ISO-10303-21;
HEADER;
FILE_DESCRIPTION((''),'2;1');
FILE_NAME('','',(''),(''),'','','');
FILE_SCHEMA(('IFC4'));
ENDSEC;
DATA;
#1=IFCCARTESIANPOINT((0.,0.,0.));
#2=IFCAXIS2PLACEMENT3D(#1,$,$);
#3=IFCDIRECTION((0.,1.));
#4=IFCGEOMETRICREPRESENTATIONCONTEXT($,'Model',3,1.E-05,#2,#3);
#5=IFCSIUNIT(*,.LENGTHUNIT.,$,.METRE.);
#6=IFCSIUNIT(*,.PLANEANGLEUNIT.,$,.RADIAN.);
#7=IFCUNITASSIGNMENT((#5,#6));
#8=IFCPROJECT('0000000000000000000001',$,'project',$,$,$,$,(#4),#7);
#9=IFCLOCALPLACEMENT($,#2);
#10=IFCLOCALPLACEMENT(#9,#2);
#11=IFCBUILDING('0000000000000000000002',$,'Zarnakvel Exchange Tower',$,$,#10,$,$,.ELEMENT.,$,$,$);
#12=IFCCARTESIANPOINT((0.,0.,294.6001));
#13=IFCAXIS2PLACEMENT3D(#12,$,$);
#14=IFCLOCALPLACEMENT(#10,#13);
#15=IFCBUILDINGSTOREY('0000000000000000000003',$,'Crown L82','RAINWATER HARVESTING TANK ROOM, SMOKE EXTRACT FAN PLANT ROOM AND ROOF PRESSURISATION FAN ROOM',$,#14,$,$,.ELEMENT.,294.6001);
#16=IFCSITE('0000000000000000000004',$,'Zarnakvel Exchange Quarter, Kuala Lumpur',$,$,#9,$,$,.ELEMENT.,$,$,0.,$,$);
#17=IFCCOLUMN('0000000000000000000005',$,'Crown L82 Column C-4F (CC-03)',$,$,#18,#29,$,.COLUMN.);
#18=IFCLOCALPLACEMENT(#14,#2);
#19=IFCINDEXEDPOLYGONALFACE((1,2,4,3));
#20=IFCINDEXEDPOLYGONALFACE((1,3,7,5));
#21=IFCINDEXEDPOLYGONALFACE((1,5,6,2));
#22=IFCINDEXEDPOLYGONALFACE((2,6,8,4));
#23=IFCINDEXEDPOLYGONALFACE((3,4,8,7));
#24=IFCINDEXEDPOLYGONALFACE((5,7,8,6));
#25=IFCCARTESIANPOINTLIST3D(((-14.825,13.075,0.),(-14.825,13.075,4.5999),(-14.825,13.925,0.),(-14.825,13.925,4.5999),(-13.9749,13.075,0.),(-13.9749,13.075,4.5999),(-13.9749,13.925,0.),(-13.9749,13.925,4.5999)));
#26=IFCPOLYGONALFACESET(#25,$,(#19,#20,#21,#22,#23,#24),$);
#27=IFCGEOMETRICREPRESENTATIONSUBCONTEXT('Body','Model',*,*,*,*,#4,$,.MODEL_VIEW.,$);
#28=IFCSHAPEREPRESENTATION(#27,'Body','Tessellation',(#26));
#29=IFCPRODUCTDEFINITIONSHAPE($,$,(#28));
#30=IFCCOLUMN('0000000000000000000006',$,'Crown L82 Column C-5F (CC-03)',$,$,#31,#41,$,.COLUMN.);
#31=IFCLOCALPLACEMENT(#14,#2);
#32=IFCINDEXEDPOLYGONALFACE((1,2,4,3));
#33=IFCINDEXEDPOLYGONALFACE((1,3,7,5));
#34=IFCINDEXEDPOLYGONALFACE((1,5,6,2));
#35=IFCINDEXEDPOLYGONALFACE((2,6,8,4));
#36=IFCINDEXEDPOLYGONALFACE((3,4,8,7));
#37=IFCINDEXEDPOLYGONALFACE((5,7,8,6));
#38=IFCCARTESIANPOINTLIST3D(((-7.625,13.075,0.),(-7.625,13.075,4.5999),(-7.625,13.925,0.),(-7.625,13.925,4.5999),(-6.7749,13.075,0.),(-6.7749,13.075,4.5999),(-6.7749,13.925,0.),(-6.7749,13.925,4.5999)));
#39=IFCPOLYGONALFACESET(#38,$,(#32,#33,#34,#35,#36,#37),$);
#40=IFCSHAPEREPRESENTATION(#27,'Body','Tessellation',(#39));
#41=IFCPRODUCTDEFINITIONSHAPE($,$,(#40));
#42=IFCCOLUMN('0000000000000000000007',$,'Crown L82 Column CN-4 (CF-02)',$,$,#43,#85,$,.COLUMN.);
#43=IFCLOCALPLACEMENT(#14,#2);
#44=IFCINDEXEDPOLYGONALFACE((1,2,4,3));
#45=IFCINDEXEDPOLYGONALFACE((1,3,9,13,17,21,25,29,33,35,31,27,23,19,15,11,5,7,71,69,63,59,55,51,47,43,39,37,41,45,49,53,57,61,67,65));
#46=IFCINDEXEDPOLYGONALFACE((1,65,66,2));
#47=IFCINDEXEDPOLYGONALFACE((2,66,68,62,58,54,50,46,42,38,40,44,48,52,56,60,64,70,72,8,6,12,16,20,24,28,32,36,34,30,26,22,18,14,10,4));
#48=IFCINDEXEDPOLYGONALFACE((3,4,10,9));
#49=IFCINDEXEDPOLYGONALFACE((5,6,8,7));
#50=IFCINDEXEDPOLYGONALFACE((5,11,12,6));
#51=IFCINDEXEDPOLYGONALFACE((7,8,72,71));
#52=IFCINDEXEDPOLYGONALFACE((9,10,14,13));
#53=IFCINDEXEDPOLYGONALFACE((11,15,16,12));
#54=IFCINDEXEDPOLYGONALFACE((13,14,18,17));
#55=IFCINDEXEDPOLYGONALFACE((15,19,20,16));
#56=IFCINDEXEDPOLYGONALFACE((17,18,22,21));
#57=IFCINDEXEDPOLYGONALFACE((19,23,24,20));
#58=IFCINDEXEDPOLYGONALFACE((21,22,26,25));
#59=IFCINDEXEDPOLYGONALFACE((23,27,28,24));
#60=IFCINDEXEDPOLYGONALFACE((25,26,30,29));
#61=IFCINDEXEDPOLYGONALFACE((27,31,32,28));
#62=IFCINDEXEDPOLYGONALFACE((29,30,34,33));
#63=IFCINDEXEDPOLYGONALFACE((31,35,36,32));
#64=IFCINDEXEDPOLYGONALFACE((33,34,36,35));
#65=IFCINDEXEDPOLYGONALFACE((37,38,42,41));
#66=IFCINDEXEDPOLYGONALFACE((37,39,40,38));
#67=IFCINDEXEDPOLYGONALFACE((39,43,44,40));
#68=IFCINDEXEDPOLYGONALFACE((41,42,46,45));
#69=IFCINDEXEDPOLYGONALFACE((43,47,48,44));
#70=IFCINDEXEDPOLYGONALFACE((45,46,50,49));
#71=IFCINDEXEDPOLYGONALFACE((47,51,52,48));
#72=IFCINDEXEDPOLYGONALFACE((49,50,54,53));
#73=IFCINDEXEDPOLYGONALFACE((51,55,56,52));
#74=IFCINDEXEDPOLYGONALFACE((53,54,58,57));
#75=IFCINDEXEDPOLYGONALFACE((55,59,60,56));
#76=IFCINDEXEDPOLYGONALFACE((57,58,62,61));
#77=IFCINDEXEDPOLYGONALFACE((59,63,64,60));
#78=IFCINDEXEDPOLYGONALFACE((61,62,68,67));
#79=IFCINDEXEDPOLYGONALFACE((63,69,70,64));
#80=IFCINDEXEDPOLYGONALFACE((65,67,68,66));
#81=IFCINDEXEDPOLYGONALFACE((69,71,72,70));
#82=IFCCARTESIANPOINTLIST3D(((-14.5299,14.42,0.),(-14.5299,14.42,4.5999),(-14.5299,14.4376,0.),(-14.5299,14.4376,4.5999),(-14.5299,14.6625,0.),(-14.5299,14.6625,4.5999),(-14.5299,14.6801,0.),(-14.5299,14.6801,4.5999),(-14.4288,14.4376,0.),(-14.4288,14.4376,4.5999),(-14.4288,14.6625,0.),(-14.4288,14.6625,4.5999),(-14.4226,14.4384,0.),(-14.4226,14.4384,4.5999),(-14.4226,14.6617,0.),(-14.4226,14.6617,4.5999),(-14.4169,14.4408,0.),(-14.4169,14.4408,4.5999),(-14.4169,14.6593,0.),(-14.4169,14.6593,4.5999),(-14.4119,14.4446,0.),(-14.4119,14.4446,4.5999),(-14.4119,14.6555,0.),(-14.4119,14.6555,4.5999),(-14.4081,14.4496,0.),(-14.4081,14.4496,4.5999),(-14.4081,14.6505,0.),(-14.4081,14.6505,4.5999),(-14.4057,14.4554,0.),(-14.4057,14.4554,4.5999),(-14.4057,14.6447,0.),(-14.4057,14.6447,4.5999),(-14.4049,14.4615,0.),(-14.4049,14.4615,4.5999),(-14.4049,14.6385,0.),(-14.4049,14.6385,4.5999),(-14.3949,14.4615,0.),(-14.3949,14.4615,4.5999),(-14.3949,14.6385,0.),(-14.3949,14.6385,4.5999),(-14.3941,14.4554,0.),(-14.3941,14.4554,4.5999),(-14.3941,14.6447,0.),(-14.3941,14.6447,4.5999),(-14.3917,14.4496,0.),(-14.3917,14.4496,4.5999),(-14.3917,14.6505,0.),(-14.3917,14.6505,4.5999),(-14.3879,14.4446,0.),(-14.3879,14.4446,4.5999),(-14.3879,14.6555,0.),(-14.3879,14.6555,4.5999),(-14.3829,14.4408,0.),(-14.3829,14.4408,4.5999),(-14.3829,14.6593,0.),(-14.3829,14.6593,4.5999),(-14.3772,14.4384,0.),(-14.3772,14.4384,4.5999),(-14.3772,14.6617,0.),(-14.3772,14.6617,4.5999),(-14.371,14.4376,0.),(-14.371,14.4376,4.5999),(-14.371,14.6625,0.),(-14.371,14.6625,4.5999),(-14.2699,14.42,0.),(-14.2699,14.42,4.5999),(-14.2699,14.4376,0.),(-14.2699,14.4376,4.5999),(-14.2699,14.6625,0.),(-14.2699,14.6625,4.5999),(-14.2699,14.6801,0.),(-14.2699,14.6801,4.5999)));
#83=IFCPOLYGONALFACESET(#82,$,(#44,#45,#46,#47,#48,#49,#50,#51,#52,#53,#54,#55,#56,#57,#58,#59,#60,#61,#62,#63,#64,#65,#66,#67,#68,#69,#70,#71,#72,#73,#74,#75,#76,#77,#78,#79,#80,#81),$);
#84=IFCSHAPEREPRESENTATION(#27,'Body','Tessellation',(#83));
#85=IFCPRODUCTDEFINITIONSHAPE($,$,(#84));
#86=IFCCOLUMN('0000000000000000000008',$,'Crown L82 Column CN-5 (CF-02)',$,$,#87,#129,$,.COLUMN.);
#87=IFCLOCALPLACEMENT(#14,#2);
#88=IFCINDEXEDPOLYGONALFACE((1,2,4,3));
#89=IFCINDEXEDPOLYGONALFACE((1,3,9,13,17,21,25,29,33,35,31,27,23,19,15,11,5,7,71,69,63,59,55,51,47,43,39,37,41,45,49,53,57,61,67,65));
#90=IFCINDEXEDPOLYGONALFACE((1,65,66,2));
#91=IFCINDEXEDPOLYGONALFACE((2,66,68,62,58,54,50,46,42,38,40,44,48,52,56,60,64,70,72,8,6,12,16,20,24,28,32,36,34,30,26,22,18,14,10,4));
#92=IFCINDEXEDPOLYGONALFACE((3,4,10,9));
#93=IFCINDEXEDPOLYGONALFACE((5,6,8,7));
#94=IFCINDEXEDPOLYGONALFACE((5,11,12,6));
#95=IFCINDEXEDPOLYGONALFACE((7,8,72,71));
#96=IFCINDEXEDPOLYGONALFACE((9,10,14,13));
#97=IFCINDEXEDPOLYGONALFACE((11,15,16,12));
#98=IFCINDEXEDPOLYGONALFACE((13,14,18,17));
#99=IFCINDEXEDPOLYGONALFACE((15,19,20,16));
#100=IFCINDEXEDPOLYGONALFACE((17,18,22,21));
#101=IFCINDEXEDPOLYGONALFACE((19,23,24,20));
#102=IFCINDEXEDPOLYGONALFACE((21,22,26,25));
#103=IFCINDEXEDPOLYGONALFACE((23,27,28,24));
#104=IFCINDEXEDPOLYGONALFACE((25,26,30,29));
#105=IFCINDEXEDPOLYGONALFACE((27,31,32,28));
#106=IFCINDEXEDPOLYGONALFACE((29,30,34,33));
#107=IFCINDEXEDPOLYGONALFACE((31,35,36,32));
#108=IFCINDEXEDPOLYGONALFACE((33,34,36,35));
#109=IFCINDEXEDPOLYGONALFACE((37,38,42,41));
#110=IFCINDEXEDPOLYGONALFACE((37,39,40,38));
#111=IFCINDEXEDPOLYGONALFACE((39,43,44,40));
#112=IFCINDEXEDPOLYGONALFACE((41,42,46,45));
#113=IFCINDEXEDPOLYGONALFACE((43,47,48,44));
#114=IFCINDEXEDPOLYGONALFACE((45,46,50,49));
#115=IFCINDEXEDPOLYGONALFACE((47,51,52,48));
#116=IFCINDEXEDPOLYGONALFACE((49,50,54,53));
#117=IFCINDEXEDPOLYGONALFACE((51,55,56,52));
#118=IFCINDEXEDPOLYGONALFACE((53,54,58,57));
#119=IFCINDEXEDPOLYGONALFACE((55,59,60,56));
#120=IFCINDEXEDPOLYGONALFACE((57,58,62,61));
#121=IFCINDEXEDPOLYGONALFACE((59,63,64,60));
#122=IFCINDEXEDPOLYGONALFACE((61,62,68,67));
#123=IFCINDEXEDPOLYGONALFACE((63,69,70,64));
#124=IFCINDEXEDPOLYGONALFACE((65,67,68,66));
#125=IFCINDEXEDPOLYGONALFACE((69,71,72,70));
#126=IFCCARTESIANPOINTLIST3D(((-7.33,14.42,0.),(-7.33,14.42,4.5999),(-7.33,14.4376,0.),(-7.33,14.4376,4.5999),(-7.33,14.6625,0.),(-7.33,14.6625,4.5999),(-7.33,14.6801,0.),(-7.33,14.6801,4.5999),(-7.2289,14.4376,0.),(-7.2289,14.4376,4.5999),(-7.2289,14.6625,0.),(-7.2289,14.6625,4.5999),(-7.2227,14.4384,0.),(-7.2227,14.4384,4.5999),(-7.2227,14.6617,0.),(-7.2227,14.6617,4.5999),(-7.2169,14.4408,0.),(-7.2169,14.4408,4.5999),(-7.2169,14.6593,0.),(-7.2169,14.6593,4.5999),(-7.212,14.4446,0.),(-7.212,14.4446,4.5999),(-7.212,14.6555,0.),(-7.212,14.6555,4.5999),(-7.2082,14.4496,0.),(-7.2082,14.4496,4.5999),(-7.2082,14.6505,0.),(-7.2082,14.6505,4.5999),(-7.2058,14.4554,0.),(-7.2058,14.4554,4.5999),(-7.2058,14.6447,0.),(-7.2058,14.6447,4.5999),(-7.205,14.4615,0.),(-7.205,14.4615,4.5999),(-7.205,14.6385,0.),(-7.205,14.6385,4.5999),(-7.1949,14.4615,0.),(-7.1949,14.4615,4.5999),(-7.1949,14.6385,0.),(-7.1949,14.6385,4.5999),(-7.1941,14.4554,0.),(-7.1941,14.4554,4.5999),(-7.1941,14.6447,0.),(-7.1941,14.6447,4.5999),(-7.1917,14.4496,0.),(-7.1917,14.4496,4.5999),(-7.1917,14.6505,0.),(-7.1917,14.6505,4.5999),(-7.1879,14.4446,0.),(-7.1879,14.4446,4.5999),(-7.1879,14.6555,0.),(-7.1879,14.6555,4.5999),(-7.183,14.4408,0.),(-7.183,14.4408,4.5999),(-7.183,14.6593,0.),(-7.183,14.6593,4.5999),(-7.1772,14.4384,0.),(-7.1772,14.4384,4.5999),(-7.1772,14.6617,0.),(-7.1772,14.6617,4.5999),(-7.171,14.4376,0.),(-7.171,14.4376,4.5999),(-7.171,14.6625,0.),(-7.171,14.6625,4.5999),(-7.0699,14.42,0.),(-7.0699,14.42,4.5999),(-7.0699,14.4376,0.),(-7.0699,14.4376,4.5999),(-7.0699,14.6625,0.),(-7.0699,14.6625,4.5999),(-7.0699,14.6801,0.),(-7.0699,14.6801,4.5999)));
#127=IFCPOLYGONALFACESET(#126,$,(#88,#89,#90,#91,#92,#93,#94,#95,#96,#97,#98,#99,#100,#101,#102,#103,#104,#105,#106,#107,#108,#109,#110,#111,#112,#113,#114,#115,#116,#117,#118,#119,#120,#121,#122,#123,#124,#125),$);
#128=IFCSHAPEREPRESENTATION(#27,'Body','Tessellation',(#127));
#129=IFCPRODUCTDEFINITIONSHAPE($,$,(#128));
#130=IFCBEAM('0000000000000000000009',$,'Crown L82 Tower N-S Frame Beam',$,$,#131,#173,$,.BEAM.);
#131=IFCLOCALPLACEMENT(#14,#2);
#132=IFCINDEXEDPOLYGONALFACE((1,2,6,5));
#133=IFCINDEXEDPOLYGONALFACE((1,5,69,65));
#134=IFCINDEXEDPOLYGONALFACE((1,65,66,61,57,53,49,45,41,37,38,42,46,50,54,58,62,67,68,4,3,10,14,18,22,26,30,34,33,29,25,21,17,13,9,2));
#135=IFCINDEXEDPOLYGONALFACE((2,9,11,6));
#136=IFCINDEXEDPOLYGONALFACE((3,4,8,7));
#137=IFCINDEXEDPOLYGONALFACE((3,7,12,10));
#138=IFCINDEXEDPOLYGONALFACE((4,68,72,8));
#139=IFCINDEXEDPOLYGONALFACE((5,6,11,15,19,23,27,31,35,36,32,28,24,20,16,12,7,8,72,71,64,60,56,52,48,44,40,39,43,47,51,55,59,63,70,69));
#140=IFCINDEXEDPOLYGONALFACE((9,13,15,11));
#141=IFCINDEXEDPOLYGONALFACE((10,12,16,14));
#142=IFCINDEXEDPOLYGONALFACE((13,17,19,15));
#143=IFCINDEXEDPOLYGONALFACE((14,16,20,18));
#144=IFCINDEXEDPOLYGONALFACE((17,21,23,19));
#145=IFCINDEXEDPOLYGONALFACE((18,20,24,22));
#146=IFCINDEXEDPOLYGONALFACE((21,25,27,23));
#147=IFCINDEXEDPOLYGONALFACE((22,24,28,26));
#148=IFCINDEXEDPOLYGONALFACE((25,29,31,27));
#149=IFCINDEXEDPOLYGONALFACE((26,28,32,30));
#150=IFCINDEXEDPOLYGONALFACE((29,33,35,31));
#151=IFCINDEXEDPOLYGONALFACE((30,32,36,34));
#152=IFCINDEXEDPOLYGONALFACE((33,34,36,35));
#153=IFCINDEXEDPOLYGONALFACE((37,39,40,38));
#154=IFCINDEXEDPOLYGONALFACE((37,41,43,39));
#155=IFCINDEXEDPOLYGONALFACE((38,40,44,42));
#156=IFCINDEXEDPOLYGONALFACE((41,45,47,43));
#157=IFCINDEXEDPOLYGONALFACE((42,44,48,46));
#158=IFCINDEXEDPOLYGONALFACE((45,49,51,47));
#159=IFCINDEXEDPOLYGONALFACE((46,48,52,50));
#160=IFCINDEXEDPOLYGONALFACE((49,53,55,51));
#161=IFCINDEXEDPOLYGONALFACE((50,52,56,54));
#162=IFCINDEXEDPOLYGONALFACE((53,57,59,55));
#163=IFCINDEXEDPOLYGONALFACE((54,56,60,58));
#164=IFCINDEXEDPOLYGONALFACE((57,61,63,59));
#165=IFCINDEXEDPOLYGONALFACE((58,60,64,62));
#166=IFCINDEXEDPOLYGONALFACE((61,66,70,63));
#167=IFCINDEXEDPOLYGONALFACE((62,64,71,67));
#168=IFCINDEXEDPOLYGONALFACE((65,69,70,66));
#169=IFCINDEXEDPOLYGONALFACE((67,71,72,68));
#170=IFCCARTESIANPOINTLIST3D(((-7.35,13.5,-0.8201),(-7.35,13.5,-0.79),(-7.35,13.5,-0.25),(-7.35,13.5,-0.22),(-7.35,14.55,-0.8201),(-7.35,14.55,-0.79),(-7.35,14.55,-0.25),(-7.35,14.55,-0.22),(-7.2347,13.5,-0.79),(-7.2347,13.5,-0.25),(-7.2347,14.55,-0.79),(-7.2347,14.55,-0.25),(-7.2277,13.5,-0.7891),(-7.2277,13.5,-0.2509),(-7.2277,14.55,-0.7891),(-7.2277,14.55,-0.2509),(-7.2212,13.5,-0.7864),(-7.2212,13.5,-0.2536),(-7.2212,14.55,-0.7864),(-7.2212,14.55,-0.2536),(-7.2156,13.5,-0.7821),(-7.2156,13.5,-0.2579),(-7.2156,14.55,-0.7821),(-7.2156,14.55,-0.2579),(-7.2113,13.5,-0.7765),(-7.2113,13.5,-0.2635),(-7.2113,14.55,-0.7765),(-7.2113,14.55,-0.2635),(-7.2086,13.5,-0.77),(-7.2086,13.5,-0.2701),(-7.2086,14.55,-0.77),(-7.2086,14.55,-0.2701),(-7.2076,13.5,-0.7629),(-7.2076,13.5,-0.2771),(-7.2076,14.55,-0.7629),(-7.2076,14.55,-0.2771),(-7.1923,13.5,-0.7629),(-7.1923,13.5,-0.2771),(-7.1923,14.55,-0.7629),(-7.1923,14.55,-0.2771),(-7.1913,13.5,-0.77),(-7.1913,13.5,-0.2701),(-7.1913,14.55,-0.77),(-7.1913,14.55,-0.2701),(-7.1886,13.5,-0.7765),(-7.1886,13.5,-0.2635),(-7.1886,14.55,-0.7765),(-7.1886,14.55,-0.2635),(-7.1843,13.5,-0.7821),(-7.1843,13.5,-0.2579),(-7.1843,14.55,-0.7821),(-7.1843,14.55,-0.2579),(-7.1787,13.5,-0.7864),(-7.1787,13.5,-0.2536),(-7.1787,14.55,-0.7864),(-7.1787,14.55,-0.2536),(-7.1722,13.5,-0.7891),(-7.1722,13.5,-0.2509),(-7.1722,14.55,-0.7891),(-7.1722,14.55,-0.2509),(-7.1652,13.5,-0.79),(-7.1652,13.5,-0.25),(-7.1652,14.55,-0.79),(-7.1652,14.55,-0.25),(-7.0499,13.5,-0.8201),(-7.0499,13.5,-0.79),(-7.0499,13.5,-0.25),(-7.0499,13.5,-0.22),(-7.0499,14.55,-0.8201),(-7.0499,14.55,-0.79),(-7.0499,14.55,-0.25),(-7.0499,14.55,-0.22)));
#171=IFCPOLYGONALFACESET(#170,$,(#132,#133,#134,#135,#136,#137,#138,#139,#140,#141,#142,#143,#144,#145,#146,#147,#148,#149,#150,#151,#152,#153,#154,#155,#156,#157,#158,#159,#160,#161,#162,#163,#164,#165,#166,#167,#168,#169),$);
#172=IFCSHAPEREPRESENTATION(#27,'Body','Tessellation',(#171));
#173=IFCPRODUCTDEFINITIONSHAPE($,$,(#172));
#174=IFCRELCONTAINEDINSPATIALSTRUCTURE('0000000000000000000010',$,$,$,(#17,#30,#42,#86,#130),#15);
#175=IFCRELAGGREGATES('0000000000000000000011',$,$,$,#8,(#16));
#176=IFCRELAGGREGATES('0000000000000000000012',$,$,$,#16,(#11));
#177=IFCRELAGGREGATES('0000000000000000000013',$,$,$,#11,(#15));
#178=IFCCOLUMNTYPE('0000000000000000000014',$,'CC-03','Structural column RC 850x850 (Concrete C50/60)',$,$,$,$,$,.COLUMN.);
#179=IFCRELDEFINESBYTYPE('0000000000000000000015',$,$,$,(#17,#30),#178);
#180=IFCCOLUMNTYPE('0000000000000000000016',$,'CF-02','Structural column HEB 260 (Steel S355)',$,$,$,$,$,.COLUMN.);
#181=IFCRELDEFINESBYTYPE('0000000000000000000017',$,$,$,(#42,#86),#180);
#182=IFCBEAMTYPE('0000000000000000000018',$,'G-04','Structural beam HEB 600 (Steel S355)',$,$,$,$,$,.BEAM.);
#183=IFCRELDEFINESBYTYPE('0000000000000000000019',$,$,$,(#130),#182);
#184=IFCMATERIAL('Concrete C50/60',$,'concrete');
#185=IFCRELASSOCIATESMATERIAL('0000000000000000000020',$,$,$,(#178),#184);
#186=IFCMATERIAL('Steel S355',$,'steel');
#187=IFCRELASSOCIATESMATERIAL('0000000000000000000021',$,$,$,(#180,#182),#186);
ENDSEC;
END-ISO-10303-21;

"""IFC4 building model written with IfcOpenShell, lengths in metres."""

from ifc_helpers import new_model, si_unit, direction, frame, origin, origin_2d, place, context, subcontext, project, spatial, rectangle, i_section, extrude, material, material_profile, profile_set, type_object, element, save


model = new_model("IFC4")

# Units and contexts
model_context = context("Model", 3, precision=1e-05, world=origin(), true_north=direction((0.0, 1.0)))
body_context = subcontext(model_context, "Body", "Model", "MODEL_VIEW")
ifc_project = project(units=[si_unit("LENGTHUNIT", "METRE"), si_unit("PLANEANGLEUNIT", "RADIAN")], contexts=[model_context])

# Site, building, storey
site_placement = place(None, origin())
site = spatial("IfcSite", under=ifc_project, at=site_placement, Name="Zarnakvel Exchange Quarter, Kuala Lumpur", CompositionType="ELEMENT", RefElevation=0.0)
building_placement = place(site_placement, origin())
building = spatial("IfcBuilding", under=site, at=building_placement, Name="Zarnakvel Exchange Tower", CompositionType="ELEMENT")
storey_placement = place(building_placement, frame((0.0, 0.0, 294.6001)))
storey = spatial("IfcBuildingStorey", under=building, at=storey_placement, Name="Crown L82", Description="RAINWATER HARVESTING TANK ROOM, SMOKE EXTRACT FAN PLANT ROOM AND ROOF PRESSURISATION FAN ROOM", CompositionType="ELEMENT", Elevation=294.6001)

# Columns
ifc_material_1 = material(Name="Concrete C50/60", Category="concrete")
ifc_material_profile_1 = material_profile(ifc_material_1, rectangle(XDim=0.8501, YDim=0.8501, at=origin_2d()))
ifc_profile_set_1 = profile_set([ifc_material_profile_1], Name="Concrete C50/60")
column_type_1 = type_object("IfcColumnType", Name="CC-03", Description="Structural column RC 850x850 (Concrete C50/60)", PredefinedType="COLUMN", material=ifc_profile_set_1)
for number, where, z_axis, x_axis, name in (
    (1, (-14.3999, 13.5, 0.0), (0.0, 0.0, 1.0), (1.0, 0.0, 0.0), "Crown L82 Column C-4F (CC-03)"),
    (2, (-7.2, 13.5, 0.0), (0.0, 0.0, 1.0), (1.0, 0.0, 0.0), "Crown L82 Column C-5F (CC-03)"),
):
    element("IfcColumn", number, at=place(storey_placement, frame(where, z_axis=z_axis, x_axis=x_axis)), inside=storey, type_object=column_type_1, Name=name, PredefinedType="COLUMN", context=body_context, shape_type="SweptSolid", body=[
        extrude(rectangle(XDim=0.8501, YDim=0.8501, at=origin_2d()), origin(), (0.0, 0.0, 1.0), 4.5999),
    ])
ifc_material_2 = material(Name="Steel S355", Category="steel")
ifc_material_profile_2 = material_profile(ifc_material_2, i_section(OverallWidth=0.26, OverallDepth=0.26, WebThickness=0.01, FlangeThickness=0.0176, FilletRadius=0.0239, at=origin_2d()))
ifc_profile_set_2 = profile_set([ifc_material_profile_2], Name="Steel S355")
column_type_2 = type_object("IfcColumnType", Name="CF-02", Description="Structural column HEB 260 (Steel S355)", PredefinedType="COLUMN", material=ifc_profile_set_2)
for number, where, z_axis, x_axis, name in (
    (3, (-14.3999, 14.55, 0.0), (0.0, 0.0, 1.0), (1.0, 0.0, 0.0), "Crown L82 Column CN-4 (CF-02)"),
    (4, (-7.2, 14.55, 0.0), (0.0, 0.0, 1.0), (1.0, 0.0, 0.0), "Crown L82 Column CN-5 (CF-02)"),
):
    element("IfcColumn", number, at=place(storey_placement, frame(where, z_axis=z_axis, x_axis=x_axis)), inside=storey, type_object=column_type_2, Name=name, PredefinedType="COLUMN", context=body_context, shape_type="SweptSolid", body=[
        extrude(i_section(OverallWidth=0.26, OverallDepth=0.26, WebThickness=0.01, FlangeThickness=0.0176, FilletRadius=0.0239, at=origin_2d()), origin(), (0.0, 0.0, 1.0), 4.5999),
    ])

# Beam
ifc_material_profile_3 = material_profile(ifc_material_2, i_section(OverallWidth=0.3, OverallDepth=0.6001, WebThickness=0.0154, FlangeThickness=0.03, FilletRadius=0.0271, at=origin_2d()))
ifc_profile_set_3 = profile_set([ifc_material_profile_3], Name="Steel S355")
beam_type_1 = type_object("IfcBeamType", Name="G-04", Description="Structural beam HEB 600 (Steel S355)", PredefinedType="BEAM", material=ifc_profile_set_3)
beam_1_placement = place(storey_placement, frame((-7.2, 13.5, -0.52), z_axis=(0.0, 1.0, 0.0), x_axis=(-1.0, 0.0, 0.0)))
element("IfcBeam", 5, at=beam_1_placement, inside=storey, type_object=beam_type_1, Name="Crown L82 Tower N-S Frame Beam", PredefinedType="BEAM", context=body_context, shape_type="SweptSolid", body=[
    extrude(i_section(OverallWidth=0.3, OverallDepth=0.6001, WebThickness=0.0154, FlangeThickness=0.03, FilletRadius=0.0271, at=origin_2d()), origin(), (0.0, 0.0, 1.0), 1.05),
])

save(model, "model.ifc")
